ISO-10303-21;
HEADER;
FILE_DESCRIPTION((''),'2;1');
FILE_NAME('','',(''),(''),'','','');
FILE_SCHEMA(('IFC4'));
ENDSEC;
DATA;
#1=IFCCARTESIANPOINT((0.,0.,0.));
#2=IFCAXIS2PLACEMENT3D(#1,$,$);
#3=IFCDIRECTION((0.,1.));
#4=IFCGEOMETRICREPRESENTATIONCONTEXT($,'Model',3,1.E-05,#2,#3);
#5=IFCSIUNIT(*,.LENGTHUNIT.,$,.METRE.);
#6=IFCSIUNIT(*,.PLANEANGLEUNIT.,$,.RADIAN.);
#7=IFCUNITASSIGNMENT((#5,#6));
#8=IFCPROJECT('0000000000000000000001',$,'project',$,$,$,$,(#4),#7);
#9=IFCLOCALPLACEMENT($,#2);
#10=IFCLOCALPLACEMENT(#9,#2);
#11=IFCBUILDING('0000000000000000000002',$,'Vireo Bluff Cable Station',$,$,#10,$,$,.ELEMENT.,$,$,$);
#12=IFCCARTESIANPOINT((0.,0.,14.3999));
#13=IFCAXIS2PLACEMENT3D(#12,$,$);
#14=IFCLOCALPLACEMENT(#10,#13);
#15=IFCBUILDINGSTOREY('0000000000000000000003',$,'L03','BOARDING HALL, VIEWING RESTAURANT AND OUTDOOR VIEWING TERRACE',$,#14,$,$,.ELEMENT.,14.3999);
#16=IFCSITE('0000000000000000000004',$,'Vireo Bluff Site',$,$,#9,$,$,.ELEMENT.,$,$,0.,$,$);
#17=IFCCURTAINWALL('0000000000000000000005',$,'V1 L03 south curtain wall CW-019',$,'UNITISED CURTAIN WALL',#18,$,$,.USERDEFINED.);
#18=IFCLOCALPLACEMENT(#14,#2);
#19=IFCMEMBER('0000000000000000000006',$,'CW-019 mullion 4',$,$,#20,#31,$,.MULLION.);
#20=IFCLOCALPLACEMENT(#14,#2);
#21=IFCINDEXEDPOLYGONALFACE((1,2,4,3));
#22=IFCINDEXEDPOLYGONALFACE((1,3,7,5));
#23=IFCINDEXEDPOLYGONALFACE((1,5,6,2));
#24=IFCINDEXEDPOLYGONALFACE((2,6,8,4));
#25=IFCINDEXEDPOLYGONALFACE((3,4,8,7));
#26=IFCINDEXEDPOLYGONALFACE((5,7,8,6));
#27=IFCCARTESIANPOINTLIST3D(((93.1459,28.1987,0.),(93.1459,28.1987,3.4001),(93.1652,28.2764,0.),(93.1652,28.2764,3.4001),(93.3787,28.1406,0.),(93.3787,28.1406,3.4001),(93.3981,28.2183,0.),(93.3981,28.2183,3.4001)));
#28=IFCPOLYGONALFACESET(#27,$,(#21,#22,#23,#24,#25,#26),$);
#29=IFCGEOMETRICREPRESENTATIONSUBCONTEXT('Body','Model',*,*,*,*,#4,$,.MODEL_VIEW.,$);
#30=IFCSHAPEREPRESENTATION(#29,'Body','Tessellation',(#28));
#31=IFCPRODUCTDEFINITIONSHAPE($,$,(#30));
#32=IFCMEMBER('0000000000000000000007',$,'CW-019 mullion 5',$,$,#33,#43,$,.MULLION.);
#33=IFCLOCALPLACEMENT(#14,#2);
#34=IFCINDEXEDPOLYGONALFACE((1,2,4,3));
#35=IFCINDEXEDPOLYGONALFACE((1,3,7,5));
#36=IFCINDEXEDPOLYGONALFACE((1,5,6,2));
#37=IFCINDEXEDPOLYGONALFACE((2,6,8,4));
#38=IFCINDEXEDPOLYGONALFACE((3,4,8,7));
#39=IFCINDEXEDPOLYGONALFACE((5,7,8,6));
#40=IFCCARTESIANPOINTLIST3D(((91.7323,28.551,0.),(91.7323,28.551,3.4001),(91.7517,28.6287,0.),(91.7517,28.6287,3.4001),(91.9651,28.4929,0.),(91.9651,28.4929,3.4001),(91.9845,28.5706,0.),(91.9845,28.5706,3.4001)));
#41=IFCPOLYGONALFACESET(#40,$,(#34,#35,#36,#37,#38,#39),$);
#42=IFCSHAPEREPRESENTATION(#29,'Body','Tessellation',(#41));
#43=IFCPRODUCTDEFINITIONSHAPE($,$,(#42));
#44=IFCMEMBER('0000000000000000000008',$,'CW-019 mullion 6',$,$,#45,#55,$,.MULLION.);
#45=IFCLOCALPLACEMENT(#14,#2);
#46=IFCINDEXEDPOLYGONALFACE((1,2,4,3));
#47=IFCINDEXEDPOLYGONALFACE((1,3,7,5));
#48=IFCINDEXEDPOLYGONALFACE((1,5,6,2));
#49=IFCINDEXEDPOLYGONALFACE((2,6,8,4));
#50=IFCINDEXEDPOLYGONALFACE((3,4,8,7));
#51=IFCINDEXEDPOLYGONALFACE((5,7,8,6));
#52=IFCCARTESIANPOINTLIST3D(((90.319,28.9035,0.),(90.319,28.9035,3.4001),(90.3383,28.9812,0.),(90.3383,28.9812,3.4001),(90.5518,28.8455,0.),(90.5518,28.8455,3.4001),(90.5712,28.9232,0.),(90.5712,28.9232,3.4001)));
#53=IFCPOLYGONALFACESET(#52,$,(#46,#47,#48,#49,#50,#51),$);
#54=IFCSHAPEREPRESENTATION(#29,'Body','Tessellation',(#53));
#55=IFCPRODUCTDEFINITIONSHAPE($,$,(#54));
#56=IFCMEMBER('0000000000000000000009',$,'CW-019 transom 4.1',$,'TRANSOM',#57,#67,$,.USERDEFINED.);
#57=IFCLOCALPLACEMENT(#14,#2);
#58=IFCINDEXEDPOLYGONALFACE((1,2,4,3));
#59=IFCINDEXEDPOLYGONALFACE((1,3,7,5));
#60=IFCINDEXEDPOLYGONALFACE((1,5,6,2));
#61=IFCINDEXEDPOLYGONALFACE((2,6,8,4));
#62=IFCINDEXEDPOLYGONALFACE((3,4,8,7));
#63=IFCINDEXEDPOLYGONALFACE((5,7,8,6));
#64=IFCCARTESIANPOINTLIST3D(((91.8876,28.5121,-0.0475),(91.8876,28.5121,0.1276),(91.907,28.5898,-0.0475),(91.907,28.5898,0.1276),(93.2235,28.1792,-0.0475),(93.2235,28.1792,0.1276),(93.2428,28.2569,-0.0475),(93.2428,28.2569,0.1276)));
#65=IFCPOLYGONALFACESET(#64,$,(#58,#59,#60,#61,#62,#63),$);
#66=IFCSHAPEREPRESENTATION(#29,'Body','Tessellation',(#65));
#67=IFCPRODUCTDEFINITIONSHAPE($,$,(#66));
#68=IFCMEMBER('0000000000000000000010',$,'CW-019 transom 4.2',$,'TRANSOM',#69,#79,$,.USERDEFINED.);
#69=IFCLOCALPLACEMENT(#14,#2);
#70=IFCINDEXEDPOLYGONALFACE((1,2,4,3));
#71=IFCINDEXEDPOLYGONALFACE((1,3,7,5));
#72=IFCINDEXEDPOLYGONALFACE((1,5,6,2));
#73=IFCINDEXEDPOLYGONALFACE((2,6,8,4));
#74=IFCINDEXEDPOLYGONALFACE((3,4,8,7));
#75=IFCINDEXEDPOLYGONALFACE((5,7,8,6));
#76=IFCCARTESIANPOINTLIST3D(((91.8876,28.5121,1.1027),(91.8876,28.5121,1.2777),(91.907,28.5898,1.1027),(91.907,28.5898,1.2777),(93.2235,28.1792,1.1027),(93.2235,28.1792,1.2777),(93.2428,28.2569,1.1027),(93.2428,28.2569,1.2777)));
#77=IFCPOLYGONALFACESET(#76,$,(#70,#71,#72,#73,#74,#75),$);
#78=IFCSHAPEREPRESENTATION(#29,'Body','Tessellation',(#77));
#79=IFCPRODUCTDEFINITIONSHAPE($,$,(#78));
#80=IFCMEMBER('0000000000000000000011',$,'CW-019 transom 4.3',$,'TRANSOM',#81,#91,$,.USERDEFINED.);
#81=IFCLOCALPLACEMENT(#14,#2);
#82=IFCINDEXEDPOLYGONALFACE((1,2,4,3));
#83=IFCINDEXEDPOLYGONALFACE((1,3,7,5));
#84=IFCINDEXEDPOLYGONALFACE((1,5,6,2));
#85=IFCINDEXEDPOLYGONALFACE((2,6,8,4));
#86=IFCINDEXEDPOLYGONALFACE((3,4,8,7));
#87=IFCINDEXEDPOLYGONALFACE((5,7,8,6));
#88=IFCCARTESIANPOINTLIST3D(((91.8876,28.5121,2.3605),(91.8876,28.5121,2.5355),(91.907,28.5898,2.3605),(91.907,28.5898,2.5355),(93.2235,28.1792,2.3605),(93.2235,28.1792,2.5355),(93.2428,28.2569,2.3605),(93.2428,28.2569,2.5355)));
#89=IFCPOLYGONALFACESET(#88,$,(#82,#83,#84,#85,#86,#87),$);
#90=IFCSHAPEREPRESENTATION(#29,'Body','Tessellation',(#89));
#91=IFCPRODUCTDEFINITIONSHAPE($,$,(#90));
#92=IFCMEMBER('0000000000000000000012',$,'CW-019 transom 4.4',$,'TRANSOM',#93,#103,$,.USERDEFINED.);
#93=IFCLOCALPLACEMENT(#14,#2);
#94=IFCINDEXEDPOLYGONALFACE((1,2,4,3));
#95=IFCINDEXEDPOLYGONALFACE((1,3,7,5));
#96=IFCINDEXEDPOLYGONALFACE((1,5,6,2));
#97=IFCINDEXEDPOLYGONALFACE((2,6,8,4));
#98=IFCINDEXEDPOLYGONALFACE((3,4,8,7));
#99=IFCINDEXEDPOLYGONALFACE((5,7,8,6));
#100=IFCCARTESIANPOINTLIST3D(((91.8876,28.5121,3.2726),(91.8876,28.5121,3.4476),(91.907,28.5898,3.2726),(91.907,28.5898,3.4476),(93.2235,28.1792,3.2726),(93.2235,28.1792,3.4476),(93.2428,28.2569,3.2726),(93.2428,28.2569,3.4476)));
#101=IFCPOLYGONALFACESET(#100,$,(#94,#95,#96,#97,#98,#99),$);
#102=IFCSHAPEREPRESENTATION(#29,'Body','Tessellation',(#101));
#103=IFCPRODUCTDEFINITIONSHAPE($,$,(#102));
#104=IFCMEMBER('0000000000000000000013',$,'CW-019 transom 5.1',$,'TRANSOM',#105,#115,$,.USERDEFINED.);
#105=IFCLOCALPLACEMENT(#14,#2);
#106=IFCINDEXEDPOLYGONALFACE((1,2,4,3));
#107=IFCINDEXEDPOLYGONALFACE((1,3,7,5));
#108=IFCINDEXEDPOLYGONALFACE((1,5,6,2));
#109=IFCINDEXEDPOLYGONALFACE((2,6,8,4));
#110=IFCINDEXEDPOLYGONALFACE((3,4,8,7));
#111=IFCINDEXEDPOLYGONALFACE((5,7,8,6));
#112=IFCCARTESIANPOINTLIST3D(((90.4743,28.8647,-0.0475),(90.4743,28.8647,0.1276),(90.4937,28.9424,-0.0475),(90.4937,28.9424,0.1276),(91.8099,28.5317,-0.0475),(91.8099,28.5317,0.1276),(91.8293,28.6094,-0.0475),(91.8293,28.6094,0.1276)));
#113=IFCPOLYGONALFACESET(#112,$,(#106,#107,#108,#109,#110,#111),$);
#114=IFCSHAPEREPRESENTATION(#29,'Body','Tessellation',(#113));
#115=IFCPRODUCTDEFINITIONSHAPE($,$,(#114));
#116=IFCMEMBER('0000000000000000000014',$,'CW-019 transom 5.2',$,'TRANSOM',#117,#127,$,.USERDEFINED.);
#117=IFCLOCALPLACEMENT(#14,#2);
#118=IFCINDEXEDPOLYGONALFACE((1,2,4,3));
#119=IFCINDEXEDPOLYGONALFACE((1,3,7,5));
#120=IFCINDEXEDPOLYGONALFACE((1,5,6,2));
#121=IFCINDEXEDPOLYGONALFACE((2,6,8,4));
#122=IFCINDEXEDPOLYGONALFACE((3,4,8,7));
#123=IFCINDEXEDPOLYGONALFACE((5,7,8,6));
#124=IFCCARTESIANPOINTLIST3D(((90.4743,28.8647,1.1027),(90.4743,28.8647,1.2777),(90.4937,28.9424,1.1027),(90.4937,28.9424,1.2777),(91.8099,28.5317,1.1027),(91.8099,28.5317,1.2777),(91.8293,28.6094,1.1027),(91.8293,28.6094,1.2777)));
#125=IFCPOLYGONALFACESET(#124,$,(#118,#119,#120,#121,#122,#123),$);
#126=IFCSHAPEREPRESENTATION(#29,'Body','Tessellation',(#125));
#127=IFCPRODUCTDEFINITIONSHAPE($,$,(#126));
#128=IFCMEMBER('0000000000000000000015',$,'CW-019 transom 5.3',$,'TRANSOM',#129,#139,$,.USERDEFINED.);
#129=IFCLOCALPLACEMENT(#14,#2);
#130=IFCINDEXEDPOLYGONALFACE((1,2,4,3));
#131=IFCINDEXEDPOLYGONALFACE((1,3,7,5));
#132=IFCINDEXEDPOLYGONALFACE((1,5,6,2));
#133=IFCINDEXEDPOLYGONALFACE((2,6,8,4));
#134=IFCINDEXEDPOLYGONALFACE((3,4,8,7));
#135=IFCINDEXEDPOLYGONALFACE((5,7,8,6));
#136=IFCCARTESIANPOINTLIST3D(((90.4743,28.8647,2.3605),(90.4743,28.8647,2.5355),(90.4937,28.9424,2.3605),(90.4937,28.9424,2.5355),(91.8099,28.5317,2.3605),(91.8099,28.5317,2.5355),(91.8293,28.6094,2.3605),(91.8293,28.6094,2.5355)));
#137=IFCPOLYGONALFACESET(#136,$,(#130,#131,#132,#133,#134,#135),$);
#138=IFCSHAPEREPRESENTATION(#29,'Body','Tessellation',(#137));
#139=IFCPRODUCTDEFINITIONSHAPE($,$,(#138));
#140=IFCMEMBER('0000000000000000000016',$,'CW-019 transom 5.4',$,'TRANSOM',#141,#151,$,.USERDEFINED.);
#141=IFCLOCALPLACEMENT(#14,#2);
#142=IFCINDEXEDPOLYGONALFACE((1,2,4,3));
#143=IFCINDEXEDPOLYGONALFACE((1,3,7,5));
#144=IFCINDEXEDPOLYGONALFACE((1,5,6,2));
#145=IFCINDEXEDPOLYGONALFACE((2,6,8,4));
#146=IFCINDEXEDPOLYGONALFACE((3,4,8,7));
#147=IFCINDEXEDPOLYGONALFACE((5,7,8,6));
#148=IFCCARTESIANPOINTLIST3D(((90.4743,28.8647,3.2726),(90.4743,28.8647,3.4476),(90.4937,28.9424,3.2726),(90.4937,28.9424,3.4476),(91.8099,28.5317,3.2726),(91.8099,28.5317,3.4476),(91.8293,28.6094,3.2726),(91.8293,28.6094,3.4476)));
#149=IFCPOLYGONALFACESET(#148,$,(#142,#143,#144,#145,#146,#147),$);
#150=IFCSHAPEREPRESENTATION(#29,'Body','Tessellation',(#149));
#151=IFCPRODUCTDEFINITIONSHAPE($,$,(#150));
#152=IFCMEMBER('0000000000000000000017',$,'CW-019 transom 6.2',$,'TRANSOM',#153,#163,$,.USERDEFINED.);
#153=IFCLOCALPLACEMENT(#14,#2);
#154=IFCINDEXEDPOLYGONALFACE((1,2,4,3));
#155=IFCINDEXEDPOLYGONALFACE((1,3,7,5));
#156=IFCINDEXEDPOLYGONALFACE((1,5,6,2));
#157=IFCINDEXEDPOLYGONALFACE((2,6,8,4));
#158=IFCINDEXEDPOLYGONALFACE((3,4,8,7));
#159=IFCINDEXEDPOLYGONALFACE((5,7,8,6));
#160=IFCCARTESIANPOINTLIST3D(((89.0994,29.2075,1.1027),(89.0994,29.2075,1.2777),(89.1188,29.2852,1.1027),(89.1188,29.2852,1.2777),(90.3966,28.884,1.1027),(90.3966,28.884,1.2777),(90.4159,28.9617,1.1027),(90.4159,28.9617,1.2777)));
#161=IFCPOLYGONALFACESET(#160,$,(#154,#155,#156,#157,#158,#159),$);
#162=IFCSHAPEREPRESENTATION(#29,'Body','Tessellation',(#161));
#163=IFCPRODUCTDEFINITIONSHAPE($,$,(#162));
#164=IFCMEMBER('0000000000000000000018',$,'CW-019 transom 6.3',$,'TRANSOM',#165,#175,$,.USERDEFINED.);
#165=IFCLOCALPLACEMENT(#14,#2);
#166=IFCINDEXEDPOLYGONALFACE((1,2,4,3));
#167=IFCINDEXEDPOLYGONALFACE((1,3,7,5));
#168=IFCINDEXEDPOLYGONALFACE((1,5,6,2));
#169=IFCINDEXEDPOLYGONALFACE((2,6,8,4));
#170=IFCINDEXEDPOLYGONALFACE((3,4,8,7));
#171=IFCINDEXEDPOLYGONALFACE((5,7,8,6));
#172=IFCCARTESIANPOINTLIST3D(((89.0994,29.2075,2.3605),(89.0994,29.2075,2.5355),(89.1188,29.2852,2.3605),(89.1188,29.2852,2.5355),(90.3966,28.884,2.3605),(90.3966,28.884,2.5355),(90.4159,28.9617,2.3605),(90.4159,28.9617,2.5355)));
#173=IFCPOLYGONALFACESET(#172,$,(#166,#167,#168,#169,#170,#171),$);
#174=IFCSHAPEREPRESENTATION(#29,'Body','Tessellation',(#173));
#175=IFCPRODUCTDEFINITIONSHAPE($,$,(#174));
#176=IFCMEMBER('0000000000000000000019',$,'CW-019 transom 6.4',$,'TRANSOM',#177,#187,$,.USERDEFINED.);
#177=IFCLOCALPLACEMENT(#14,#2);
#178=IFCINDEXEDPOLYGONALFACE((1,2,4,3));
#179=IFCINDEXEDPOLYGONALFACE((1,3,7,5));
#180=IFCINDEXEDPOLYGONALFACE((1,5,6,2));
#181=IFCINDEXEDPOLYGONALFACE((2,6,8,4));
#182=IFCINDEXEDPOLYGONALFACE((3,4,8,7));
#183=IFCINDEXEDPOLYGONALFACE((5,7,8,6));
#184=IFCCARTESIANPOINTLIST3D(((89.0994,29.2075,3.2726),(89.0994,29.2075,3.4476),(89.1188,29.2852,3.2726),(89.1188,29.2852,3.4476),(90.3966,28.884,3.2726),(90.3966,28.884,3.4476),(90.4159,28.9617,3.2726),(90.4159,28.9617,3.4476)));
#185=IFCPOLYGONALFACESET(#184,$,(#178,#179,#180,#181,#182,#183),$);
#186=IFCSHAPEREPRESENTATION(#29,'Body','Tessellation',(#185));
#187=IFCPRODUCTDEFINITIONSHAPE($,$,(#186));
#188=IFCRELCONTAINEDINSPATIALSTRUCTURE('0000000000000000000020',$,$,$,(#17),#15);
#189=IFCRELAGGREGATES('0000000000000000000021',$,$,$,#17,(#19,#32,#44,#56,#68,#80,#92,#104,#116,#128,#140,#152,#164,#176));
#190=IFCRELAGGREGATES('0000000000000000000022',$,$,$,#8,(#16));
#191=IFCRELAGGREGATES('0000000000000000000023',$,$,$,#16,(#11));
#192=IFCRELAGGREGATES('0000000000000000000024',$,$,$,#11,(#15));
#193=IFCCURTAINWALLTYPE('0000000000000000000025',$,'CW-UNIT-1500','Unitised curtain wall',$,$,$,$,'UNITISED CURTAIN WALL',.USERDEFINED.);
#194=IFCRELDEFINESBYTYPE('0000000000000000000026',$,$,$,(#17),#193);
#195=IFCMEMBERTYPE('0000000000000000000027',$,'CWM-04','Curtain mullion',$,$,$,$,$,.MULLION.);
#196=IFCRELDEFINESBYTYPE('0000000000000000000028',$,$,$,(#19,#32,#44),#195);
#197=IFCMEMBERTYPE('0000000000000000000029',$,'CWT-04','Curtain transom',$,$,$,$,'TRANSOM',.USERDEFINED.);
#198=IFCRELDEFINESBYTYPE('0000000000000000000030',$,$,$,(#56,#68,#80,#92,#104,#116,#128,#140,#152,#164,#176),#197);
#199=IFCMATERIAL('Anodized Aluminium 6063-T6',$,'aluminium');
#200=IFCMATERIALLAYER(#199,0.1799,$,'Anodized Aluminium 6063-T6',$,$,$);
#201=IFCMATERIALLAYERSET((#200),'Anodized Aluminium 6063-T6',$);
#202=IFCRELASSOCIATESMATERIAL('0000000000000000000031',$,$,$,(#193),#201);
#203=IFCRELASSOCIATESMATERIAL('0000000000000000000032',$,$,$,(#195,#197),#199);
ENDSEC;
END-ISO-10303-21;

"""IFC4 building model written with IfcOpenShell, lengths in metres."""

from ifc_helpers import new_model, si_unit, direction, frame, origin, origin_2d, place, context, subcontext, project, spatial, rectangle, extrude, material, layer, layer_set, material_profile, profile_set, type_object, element, aggregate, save


model = new_model("IFC4")

# Units and contexts
model_context = context("Model", 3, precision=1e-05, world=origin(), true_north=direction((0.0, 1.0)))
body_context = subcontext(model_context, "Body", "Model", "MODEL_VIEW")
ifc_project = project(units=[si_unit("LENGTHUNIT", "METRE"), si_unit("PLANEANGLEUNIT", "RADIAN")], contexts=[model_context])

# Site, building, storey
site_placement = place(None, origin())
site = spatial("IfcSite", under=ifc_project, at=site_placement, Name="Vireo Bluff Site", CompositionType="ELEMENT", RefElevation=0.0)
building_placement = place(site_placement, origin())
building = spatial("IfcBuilding", under=site, at=building_placement, Name="Vireo Bluff Cable Station", CompositionType="ELEMENT")
storey_placement = place(building_placement, frame((0.0, 0.0, 14.3999)))
storey = spatial("IfcBuildingStorey", under=building, at=storey_placement, Name="L03", Description="BOARDING HALL, VIEWING RESTAURANT AND OUTDOOR VIEWING TERRACE", CompositionType="ELEMENT", Elevation=14.3999)

# Curtain wall, members
ifc_material_1 = material(Name="Anodized Aluminium 6063-T6", Category="aluminium")
ifc_layer_1 = layer(ifc_material_1, 0.1799, Name="Anodized Aluminium 6063-T6")
ifc_layer_set_1 = layer_set([ifc_layer_1], Name="Anodized Aluminium 6063-T6")
curtain_wall_type = type_object("IfcCurtainWallType", Name="CW-UNIT-1500", Description="Unitised curtain wall", ElementType="UNITISED CURTAIN WALL", PredefinedType="USERDEFINED", material=ifc_layer_set_1)
curtain_wall_placement = place(storey_placement, origin())
curtain_wall = element("IfcCurtainWall", 1, at=curtain_wall_placement, inside=storey, type_object=curtain_wall_type, Name="V1 L03 south curtain wall CW-019", ObjectType="UNITISED CURTAIN WALL", PredefinedType="USERDEFINED")
ifc_material_profile_1 = material_profile(ifc_material_1, rectangle(XDim=0.0801, YDim=0.24, at=origin_2d()), Name="ALU-M-80X240")
ifc_profile_set_1 = profile_set([ifc_material_profile_1], Name="Anodized Aluminium 6063-T6")
member_type_1 = type_object("IfcMemberType", Name="CWM-04", Description="Curtain mullion", PredefinedType="MULLION", material=ifc_profile_set_1)
member_1_placement = place(storey_placement, frame((93.272, 28.2085, 0.0), z_axis=(0.0, 0.0, 1.0), x_axis=(-0.241922, -0.970296, 0.0)))
member_1 = element("IfcMember", 2, at=member_1_placement, type_object=member_type_1, Name="CW-019 mullion 4", PredefinedType="MULLION", context=body_context, shape_type="SweptSolid", body=[
    extrude(rectangle(XDim=0.0801, YDim=0.24, at=origin_2d()), origin(), (0.0, 0.0, 1.0), 3.4001),
])
member_2_placement = place(storey_placement, frame((91.8584, 28.5608, 0.0), z_axis=(0.0, 0.0, 1.0), x_axis=(-0.241922, -0.970296, 0.0)))
member_2 = element("IfcMember", 3, at=member_2_placement, type_object=member_type_1, Name="CW-019 mullion 5", PredefinedType="MULLION", context=body_context, shape_type="SweptSolid", body=[
    extrude(rectangle(XDim=0.0801, YDim=0.24, at=origin_2d()), origin(), (0.0, 0.0, 1.0), 3.4001),
])
member_3_placement = place(storey_placement, frame((90.4451, 28.9133, 0.0), z_axis=(0.0, 0.0, 1.0), x_axis=(-0.241922, -0.970296, 0.0)))
member_3 = element("IfcMember", 4, at=member_3_placement, type_object=member_type_1, Name="CW-019 mullion 6", PredefinedType="MULLION", context=body_context, shape_type="SweptSolid", body=[
    extrude(rectangle(XDim=0.0801, YDim=0.24, at=origin_2d()), origin(), (0.0, 0.0, 1.0), 3.4001),
])
ifc_material_profile_2 = material_profile(ifc_material_1, rectangle(XDim=0.0801, YDim=0.175, at=origin_2d()), Name="ALU-T-80X175")
ifc_profile_set_2 = profile_set([ifc_material_profile_2], Name="Anodized Aluminium 6063-T6")
member_type_2 = type_object("IfcMemberType", Name="CWT-04", Description="Curtain transom", ElementType="TRANSOM", PredefinedType="USERDEFINED", material=ifc_profile_set_2)
member_4_placement = place(storey_placement, frame((93.2332, 28.218, 0.04), z_axis=(-0.970309, 0.241868, 0.0), x_axis=(-0.241868, -0.970309, 0.0)))
member_4 = element("IfcMember", 5, at=member_4_placement, type_object=member_type_2, Name="CW-019 transom 4.1", ObjectType="TRANSOM", PredefinedType="USERDEFINED", context=body_context, shape_type="SweptSolid", body=[
    extrude(rectangle(XDim=0.0801, YDim=0.175, at=origin_2d()), origin(), (0.0, 0.0, 1.0), 1.3767),
])
member_5_placement = place(storey_placement, frame((93.2332, 28.218, 1.1902), z_axis=(-0.970309, 0.241868, 0.0), x_axis=(-0.241868, -0.970309, 0.0)))
member_5 = element("IfcMember", 6, at=member_5_placement, type_object=member_type_2, Name="CW-019 transom 4.2", ObjectType="TRANSOM", PredefinedType="USERDEFINED", context=body_context, shape_type="SweptSolid", body=[
    extrude(rectangle(XDim=0.0801, YDim=0.175, at=origin_2d()), origin(), (0.0, 0.0, 1.0), 1.3767),
])
member_6_placement = place(storey_placement, frame((93.2332, 28.218, 2.448), z_axis=(-0.970309, 0.241868, 0.0), x_axis=(-0.241868, -0.970309, 0.0)))
member_6 = element("IfcMember", 7, at=member_6_placement, type_object=member_type_2, Name="CW-019 transom 4.3", ObjectType="TRANSOM", PredefinedType="USERDEFINED", context=body_context, shape_type="SweptSolid", body=[
    extrude(rectangle(XDim=0.0801, YDim=0.175, at=origin_2d()), origin(), (0.0, 0.0, 1.0), 1.3767),
])
member_7_placement = place(storey_placement, frame((93.2332, 28.218, 3.3601), z_axis=(-0.970309, 0.241868, 0.0), x_axis=(-0.241868, -0.970309, 0.0)))
member_7 = element("IfcMember", 8, at=member_7_placement, type_object=member_type_2, Name="CW-019 transom 4.4", ObjectType="TRANSOM", PredefinedType="USERDEFINED", context=body_context, shape_type="SweptSolid", body=[
    extrude(rectangle(XDim=0.0801, YDim=0.175, at=origin_2d()), origin(), (0.0, 0.0, 1.0), 1.3767),
])
member_8_placement = place(storey_placement, frame((91.8196, 28.5706, 0.04), z_axis=(-0.970299, 0.24191, 0.0), x_axis=(-0.24191, -0.970299, 0.0)))
member_8 = element("IfcMember", 9, at=member_8_placement, type_object=member_type_2, Name="CW-019 transom 5.1", ObjectType="TRANSOM", PredefinedType="USERDEFINED", context=body_context, shape_type="SweptSolid", body=[
    extrude(rectangle(XDim=0.0801, YDim=0.175, at=origin_2d()), origin(), (0.0, 0.0, 1.0), 1.3765),
])
member_9_placement = place(storey_placement, frame((91.8196, 28.5706, 1.1902), z_axis=(-0.970299, 0.24191, 0.0), x_axis=(-0.24191, -0.970299, 0.0)))
member_9 = element("IfcMember", 10, at=member_9_placement, type_object=member_type_2, Name="CW-019 transom 5.2", ObjectType="TRANSOM", PredefinedType="USERDEFINED", context=body_context, shape_type="SweptSolid", body=[
    extrude(rectangle(XDim=0.0801, YDim=0.175, at=origin_2d()), origin(), (0.0, 0.0, 1.0), 1.3765),
])
member_10_placement = place(storey_placement, frame((91.8196, 28.5706, 2.448), z_axis=(-0.970299, 0.24191, 0.0), x_axis=(-0.24191, -0.970299, 0.0)))
member_10 = element("IfcMember", 11, at=member_10_placement, type_object=member_type_2, Name="CW-019 transom 5.3", ObjectType="TRANSOM", PredefinedType="USERDEFINED", context=body_context, shape_type="SweptSolid", body=[
    extrude(rectangle(XDim=0.0801, YDim=0.175, at=origin_2d()), origin(), (0.0, 0.0, 1.0), 1.3765),
])
member_11_placement = place(storey_placement, frame((91.8196, 28.5706, 3.3601), z_axis=(-0.970299, 0.24191, 0.0), x_axis=(-0.24191, -0.970299, 0.0)))
member_11 = element("IfcMember", 12, at=member_11_placement, type_object=member_type_2, Name="CW-019 transom 5.4", ObjectType="TRANSOM", PredefinedType="USERDEFINED", context=body_context, shape_type="SweptSolid", body=[
    extrude(rectangle(XDim=0.0801, YDim=0.175, at=origin_2d()), origin(), (0.0, 0.0, 1.0), 1.3765),
])
member_12_placement = place(storey_placement, frame((90.4062, 28.9229, 1.1902), z_axis=(-0.970282, 0.241977, 0.0), x_axis=(-0.241977, -0.970282, 0.0)))
member_12 = element("IfcMember", 13, at=member_12_placement, type_object=member_type_2, Name="CW-019 transom 6.2", ObjectType="TRANSOM", PredefinedType="USERDEFINED", context=body_context, shape_type="SweptSolid", body=[
    extrude(rectangle(XDim=0.0801, YDim=0.175, at=origin_2d()), origin(), (0.0, 0.0, 1.0), 1.3369),
])
member_13_placement = place(storey_placement, frame((90.4062, 28.9229, 2.448), z_axis=(-0.970282, 0.241977, 0.0), x_axis=(-0.241977, -0.970282, 0.0)))
member_13 = element("IfcMember", 14, at=member_13_placement, type_object=member_type_2, Name="CW-019 transom 6.3", ObjectType="TRANSOM", PredefinedType="USERDEFINED", context=body_context, shape_type="SweptSolid", body=[
    extrude(rectangle(XDim=0.0801, YDim=0.175, at=origin_2d()), origin(), (0.0, 0.0, 1.0), 1.3369),
])
member_14_placement = place(storey_placement, frame((90.4062, 28.9229, 3.3601), z_axis=(-0.970282, 0.241977, 0.0), x_axis=(-0.241977, -0.970282, 0.0)))
member_14 = element("IfcMember", 15, at=member_14_placement, type_object=member_type_2, Name="CW-019 transom 6.4", ObjectType="TRANSOM", PredefinedType="USERDEFINED", context=body_context, shape_type="SweptSolid", body=[
    extrude(rectangle(XDim=0.0801, YDim=0.175, at=origin_2d()), origin(), (0.0, 0.0, 1.0), 1.3369),
])
aggregate(curtain_wall, [member_1, member_2, member_3, member_4, member_5, member_6, member_7, member_8, member_9, member_10, member_11, member_12, member_13, member_14])

save(model, "model.ifc")
